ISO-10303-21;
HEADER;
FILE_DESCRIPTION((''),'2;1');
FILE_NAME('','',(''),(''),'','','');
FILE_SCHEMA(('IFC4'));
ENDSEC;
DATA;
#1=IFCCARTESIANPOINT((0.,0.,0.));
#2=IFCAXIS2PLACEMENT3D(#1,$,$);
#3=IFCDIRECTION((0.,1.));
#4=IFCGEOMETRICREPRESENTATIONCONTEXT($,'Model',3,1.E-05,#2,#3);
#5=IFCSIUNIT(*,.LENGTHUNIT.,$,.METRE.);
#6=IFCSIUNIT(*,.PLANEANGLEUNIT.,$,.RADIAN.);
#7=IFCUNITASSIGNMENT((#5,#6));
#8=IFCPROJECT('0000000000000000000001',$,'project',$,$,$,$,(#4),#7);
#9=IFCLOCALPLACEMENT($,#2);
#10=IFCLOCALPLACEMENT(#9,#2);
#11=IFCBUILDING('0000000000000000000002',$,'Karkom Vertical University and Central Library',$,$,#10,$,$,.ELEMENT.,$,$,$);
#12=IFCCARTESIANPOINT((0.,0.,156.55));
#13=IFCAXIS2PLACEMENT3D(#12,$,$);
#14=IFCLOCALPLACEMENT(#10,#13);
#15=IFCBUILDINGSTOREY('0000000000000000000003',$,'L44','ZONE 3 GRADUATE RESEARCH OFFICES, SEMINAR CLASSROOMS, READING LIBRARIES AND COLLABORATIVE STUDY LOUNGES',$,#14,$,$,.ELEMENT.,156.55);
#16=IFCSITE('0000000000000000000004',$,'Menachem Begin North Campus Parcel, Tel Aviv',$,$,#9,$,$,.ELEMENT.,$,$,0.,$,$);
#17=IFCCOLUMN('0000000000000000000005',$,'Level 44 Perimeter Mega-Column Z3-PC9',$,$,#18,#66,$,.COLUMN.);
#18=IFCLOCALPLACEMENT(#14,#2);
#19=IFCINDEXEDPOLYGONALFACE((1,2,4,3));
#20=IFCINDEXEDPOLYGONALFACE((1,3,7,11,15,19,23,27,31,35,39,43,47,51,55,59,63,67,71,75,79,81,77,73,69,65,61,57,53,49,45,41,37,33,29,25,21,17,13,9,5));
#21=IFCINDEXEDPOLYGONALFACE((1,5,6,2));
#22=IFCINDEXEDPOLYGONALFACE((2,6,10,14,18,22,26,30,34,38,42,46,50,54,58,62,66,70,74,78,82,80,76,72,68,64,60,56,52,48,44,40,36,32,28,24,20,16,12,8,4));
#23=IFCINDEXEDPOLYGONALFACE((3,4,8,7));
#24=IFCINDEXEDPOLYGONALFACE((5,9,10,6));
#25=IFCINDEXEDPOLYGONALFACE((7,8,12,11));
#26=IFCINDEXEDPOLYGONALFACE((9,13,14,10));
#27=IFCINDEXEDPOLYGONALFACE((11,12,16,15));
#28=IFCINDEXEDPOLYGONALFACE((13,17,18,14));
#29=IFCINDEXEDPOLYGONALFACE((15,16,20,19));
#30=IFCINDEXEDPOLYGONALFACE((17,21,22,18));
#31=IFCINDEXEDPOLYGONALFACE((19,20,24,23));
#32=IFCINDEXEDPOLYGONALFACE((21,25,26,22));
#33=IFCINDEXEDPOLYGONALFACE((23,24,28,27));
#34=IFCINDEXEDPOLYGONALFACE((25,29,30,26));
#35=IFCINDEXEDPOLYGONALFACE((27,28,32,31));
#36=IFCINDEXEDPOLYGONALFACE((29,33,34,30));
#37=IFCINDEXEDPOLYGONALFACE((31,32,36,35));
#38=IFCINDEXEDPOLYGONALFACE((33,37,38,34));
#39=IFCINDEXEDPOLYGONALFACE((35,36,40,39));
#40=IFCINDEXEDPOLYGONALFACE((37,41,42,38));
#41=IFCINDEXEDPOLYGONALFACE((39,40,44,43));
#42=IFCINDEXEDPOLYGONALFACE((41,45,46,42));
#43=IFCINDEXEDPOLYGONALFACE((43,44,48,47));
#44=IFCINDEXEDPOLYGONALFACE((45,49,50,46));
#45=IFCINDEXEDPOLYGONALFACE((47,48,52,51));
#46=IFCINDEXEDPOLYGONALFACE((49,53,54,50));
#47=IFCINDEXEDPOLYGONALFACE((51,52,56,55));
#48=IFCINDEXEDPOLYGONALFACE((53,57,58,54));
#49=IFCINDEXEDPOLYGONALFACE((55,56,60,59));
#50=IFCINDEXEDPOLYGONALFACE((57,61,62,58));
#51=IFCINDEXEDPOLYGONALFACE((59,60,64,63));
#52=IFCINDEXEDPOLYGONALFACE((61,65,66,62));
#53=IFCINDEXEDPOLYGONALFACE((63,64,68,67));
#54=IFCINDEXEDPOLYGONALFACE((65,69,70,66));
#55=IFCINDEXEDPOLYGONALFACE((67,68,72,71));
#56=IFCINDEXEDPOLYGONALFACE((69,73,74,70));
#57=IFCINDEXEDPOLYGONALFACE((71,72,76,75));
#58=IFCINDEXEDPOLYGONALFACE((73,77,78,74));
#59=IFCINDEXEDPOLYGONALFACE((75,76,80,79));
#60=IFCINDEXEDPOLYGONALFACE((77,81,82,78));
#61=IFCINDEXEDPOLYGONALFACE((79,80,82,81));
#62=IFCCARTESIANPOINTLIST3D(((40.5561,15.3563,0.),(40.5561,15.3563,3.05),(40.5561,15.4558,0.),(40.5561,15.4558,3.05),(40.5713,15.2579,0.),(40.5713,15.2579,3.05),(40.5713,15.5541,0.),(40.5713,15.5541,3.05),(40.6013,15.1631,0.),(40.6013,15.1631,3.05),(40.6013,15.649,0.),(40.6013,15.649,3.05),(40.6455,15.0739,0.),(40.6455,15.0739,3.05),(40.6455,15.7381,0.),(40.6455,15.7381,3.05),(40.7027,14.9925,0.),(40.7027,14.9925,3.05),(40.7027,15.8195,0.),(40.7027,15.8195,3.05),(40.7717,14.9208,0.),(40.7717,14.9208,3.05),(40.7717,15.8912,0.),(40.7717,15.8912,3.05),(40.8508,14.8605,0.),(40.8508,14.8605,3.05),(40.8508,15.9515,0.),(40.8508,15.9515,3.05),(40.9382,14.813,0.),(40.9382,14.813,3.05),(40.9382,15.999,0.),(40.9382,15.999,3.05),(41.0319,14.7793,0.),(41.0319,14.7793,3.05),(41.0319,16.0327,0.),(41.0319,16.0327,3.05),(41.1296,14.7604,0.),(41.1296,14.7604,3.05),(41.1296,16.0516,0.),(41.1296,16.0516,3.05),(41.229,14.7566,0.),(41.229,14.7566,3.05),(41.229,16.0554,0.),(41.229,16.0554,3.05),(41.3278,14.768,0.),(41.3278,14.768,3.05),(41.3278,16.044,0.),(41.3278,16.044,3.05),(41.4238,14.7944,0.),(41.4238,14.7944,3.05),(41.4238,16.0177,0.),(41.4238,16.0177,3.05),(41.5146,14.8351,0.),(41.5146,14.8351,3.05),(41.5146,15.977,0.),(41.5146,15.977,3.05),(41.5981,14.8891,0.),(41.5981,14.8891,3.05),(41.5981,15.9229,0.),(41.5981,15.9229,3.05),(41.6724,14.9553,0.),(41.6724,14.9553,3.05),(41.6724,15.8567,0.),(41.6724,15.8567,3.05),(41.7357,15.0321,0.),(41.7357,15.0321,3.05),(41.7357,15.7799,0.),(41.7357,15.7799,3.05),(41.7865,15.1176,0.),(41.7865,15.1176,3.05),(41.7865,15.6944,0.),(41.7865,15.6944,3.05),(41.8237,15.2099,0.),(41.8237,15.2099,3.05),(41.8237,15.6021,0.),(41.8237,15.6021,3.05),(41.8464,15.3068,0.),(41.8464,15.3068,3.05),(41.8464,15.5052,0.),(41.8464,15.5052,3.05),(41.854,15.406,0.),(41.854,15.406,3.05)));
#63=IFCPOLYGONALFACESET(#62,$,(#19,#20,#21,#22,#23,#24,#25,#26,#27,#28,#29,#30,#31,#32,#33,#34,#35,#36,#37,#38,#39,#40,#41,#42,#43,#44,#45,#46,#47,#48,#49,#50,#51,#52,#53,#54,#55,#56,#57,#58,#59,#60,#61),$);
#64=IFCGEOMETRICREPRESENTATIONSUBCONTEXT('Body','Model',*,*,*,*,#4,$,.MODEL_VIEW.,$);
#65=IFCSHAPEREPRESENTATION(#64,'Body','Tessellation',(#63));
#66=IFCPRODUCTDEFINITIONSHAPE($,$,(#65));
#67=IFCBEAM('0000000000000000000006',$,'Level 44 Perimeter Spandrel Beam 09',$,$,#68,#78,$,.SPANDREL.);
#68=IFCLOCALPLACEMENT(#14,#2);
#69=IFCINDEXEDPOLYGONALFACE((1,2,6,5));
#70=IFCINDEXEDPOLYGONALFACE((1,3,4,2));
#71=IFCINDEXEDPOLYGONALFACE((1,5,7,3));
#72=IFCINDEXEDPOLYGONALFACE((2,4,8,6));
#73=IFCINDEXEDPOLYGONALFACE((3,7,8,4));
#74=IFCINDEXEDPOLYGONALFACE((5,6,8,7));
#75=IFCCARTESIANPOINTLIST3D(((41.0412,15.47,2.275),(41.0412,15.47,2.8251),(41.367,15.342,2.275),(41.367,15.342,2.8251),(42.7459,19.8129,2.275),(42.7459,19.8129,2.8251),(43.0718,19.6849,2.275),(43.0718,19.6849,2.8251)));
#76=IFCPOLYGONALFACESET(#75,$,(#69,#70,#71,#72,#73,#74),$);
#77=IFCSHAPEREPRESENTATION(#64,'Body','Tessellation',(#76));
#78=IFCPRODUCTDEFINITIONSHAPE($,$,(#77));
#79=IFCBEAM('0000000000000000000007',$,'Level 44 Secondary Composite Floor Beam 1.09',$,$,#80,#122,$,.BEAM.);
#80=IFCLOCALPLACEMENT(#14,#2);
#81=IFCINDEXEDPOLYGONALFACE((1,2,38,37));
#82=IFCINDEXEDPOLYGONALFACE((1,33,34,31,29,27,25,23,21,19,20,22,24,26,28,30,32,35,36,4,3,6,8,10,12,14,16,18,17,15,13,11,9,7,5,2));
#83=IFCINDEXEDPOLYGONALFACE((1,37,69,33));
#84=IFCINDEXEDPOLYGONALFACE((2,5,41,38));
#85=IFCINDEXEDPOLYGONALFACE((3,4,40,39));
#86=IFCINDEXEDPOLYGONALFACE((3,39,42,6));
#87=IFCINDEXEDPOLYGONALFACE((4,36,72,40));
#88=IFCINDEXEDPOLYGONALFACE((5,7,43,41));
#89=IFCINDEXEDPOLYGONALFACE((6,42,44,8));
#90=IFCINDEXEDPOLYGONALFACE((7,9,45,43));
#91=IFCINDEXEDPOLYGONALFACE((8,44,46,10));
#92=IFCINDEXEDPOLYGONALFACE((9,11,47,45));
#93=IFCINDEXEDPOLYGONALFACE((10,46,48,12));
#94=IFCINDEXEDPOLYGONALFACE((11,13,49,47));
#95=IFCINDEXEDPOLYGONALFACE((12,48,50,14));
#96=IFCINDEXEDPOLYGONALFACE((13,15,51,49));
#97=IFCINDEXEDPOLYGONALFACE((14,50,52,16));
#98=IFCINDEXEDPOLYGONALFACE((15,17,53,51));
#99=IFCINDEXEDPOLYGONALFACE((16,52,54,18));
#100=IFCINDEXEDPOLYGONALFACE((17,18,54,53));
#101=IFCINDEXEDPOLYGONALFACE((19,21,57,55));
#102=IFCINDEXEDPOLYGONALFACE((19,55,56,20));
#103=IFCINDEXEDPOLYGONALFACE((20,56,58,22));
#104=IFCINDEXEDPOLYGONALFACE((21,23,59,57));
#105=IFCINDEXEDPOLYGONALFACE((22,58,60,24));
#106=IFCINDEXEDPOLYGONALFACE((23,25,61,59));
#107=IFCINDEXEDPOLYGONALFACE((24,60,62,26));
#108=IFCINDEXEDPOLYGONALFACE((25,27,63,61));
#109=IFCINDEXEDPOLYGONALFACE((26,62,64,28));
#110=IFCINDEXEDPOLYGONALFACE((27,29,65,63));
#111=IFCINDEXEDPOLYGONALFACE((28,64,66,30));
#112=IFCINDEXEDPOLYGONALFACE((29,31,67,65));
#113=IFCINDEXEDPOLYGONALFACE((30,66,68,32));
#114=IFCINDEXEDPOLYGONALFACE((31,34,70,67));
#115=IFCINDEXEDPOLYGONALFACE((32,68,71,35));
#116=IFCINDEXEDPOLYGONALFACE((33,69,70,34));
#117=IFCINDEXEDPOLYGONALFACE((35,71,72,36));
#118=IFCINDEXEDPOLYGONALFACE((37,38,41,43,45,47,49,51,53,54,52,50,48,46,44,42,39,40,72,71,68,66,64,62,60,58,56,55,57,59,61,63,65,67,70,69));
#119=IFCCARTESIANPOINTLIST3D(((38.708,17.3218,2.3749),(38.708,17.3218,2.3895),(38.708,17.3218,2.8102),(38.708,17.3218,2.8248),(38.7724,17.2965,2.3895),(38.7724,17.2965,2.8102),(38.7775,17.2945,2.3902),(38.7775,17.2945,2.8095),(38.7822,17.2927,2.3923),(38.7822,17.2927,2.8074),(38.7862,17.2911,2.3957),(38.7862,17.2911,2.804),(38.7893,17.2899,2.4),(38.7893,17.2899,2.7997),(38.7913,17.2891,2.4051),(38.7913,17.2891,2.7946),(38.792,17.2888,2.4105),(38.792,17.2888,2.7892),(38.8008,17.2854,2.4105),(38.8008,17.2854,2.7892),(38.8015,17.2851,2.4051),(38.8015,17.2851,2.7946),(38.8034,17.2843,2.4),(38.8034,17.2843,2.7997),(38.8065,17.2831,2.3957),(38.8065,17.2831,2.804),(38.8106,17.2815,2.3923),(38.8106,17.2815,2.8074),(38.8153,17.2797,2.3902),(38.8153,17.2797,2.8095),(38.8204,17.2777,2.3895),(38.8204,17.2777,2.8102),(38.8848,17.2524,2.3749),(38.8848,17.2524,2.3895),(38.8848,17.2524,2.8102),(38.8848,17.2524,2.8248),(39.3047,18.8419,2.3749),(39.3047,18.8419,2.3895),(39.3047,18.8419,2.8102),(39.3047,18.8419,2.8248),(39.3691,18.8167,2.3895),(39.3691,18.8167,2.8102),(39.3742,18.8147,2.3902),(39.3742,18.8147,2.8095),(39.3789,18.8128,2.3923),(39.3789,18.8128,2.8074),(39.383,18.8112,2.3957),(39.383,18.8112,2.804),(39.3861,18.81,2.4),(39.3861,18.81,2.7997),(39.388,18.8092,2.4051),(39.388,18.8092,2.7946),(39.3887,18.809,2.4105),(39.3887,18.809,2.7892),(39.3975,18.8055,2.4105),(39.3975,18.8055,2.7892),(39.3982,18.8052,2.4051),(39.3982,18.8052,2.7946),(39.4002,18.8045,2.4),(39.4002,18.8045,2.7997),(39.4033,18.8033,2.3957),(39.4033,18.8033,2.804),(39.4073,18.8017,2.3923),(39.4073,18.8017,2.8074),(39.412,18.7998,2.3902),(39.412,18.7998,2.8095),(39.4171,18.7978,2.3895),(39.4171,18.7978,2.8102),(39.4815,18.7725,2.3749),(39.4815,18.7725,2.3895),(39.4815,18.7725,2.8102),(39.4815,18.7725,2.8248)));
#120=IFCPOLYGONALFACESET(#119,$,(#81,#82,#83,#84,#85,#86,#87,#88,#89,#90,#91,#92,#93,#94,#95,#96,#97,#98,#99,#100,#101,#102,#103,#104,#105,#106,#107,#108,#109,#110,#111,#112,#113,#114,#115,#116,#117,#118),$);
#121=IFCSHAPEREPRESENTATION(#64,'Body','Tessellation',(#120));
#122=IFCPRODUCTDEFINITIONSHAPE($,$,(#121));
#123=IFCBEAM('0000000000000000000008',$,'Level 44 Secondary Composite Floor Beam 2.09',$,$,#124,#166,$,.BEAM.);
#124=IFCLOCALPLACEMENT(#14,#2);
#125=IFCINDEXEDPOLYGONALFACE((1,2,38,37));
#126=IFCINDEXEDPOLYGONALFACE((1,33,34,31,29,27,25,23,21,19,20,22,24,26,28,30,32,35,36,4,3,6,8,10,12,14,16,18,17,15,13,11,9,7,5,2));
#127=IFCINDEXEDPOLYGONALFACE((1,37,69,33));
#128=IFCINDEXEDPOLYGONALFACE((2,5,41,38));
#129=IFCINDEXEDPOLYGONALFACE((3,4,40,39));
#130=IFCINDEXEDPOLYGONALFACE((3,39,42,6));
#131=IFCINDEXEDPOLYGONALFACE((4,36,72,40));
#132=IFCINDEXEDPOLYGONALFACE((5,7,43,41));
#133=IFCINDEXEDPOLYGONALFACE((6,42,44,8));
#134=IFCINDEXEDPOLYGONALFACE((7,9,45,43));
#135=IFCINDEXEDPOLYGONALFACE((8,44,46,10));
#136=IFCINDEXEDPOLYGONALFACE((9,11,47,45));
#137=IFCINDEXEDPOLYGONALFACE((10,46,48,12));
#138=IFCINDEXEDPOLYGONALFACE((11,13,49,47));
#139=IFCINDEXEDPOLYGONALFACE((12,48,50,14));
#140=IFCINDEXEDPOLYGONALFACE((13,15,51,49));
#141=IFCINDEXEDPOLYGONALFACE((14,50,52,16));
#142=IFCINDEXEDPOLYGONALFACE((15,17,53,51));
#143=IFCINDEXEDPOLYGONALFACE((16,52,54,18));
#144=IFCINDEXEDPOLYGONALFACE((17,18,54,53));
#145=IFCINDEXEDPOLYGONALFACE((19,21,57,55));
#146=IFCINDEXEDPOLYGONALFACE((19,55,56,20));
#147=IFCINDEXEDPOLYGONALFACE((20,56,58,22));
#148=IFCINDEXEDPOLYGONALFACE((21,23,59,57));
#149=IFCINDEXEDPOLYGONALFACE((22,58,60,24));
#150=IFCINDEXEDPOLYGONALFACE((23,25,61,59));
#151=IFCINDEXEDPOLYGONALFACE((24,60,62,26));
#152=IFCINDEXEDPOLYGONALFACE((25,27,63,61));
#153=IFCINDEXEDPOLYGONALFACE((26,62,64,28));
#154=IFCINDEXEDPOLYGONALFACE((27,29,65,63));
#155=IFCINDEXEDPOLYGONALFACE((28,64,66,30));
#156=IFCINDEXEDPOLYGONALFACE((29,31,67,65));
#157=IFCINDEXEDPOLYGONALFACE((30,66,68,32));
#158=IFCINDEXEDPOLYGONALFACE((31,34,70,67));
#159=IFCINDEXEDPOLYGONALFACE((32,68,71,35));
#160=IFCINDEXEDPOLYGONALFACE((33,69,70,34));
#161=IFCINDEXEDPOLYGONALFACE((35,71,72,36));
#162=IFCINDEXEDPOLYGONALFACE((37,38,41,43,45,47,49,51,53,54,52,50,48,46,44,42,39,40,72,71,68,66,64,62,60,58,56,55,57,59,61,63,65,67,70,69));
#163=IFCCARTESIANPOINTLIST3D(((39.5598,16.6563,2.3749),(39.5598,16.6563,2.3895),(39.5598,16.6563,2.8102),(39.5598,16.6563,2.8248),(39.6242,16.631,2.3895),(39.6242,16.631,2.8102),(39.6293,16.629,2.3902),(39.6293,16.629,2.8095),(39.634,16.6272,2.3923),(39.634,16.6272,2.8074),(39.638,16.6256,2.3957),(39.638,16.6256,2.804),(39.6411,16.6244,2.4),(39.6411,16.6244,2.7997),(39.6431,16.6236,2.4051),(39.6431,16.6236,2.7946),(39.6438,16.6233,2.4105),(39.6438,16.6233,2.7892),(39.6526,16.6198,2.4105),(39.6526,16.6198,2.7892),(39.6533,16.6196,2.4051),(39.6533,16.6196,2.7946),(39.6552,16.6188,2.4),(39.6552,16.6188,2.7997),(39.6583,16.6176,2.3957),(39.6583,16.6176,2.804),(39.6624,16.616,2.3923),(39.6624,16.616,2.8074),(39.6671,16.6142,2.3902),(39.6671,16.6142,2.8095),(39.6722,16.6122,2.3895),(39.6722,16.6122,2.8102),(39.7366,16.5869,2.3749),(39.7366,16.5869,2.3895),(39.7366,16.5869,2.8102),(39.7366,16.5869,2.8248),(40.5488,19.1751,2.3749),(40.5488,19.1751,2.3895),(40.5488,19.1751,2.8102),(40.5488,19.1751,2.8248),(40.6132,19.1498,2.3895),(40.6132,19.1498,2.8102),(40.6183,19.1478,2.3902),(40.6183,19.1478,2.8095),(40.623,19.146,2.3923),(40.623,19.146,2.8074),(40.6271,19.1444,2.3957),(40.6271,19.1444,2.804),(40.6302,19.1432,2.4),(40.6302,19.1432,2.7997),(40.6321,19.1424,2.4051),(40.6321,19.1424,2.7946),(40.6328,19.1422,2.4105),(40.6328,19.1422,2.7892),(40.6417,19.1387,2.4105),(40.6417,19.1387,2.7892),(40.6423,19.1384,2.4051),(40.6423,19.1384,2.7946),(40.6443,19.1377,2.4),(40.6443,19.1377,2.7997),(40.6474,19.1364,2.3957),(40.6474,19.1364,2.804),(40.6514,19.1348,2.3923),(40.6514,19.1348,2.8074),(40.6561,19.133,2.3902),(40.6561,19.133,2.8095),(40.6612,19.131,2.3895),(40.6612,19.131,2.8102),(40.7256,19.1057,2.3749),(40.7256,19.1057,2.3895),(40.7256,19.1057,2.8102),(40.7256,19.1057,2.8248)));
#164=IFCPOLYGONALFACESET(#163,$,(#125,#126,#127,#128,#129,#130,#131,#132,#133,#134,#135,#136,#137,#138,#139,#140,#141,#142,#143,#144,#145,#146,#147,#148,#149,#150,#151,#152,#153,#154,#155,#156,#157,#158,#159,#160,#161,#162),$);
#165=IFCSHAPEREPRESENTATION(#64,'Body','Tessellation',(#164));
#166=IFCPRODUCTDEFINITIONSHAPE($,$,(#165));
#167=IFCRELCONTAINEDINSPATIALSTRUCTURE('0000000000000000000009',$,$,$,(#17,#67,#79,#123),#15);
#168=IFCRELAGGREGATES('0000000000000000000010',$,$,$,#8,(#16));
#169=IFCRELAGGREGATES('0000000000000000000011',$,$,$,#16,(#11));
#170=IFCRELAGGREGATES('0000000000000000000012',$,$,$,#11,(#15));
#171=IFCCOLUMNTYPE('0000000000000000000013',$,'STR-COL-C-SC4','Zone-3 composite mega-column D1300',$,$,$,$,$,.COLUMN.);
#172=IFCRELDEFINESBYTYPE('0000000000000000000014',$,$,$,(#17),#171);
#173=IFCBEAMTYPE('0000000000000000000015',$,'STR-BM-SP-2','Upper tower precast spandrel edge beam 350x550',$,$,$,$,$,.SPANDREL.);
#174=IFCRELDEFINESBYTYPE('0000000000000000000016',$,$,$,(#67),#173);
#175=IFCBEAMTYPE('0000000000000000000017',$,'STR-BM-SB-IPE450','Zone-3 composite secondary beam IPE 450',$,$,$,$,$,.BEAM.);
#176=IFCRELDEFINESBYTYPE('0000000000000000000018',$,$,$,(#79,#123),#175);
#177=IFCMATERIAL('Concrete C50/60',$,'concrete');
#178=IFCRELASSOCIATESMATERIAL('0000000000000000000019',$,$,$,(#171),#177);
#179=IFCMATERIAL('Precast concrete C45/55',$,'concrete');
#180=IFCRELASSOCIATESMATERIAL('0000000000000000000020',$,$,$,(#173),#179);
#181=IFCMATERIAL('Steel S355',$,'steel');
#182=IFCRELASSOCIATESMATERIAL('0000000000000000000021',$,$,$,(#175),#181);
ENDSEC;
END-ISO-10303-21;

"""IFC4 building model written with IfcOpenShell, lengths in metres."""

from ifc_helpers import new_model, si_unit, direction, frame, origin, origin_with_axes, origin_2d, place, context, subcontext, project, spatial, rectangle, circle, i_section, extrude, source, transform, mapped, material, material_profile, profile_set, type_object, element, save


model = new_model("IFC4")

# Units and contexts
model_context = context("Model", 3, precision=1e-05, world=origin(), true_north=direction((0.0, 1.0)))
body_context = subcontext(model_context, "Body", "Model", "MODEL_VIEW")
ifc_project = project(units=[si_unit("LENGTHUNIT", "METRE"), si_unit("PLANEANGLEUNIT", "RADIAN")], contexts=[model_context])

# Site, building, storey
site_placement = place(None, origin())
site = spatial("IfcSite", under=ifc_project, at=site_placement, Name="Menachem Begin North Campus Parcel, Tel Aviv", CompositionType="ELEMENT", RefElevation=0.0)
building_placement = place(site_placement, origin())
building = spatial("IfcBuilding", under=site, at=building_placement, Name="Karkom Vertical University and Central Library", CompositionType="ELEMENT")
storey_placement = place(building_placement, frame((0.0, 0.0, 156.55)))
storey = spatial("IfcBuildingStorey", under=building, at=storey_placement, Name="L44", Description="ZONE 3 GRADUATE RESEARCH OFFICES, SEMINAR CLASSROOMS, READING LIBRARIES AND COLLABORATIVE STUDY LOUNGES", CompositionType="ELEMENT", Elevation=156.55)

# Column
ifc_material_1 = material(Name="Concrete C50/60", Category="concrete")
ifc_material_profile_1 = material_profile(ifc_material_1, circle(Radius=0.6499, at=origin_2d()), Name="CFT-D1300")
ifc_profile_set_1 = profile_set([ifc_material_profile_1], Name="Concrete C50/60")
column_type = type_object("IfcColumnType", Name="STR-COL-C-SC4", Description="Zone-3 composite mega-column D1300", PredefinedType="COLUMN", material=ifc_profile_set_1)
shared_shape_1 = source(origin_with_axes(), body_context, "Body", "SweptSolid", [
    extrude(circle(Radius=0.6499, at=origin_2d()), origin(), (0.0, 0.0, 1.0), 3.05),
])
column_placement = place(storey_placement, frame((41.2041, 15.406, 0.0), z_axis=(0.0, 0.0, 1.0), x_axis=(1.0, 0.0, 0.0)))
element("IfcColumn", 1, at=column_placement, inside=storey, type_object=column_type, Name="Level 44 Perimeter Mega-Column Z3-PC9", PredefinedType="COLUMN", context=body_context, shape_type="MappedRepresentation", body=[
    mapped(shared_shape_1, transform((0.0, 0.0, 0.0), scale=1.0)),
])

# Beams
ifc_material_2 = material(Name="Precast concrete C45/55", Category="concrete")
ifc_material_profile_2 = material_profile(ifc_material_2, rectangle(XDim=0.3501, YDim=0.55, at=origin_2d()), Name="SPB-350x550")
ifc_profile_set_2 = profile_set([ifc_material_profile_2], Name="Precast concrete C45/55")
beam_type_1 = type_object("IfcBeamType", Name="STR-BM-SP-2", Description="Upper tower precast spandrel edge beam 350x550", PredefinedType="SPANDREL", material=ifc_profile_set_2)
shared_shape_2 = source(origin_with_axes(), body_context, "Body", "SweptSolid", [
    extrude(rectangle(XDim=0.3501, YDim=0.55, at=origin_2d()), origin(), (0.0, 0.0, 1.0), 4.6655),
])
beam_1_placement = place(storey_placement, frame((41.2041, 15.406, 2.55), z_axis=(0.365401, 0.93085, 0.0), x_axis=(-0.93085, 0.365401, 0.0)))
element("IfcBeam", 2, at=beam_1_placement, inside=storey, type_object=beam_type_1, Name="Level 44 Perimeter Spandrel Beam 09", PredefinedType="SPANDREL", context=body_context, shape_type="MappedRepresentation", body=[
    mapped(shared_shape_2, transform((0.0, 0.0, 0.0), scale=1.0)),
])
ifc_material_3 = material(Name="Steel S355", Category="steel")
ifc_material_profile_3 = material_profile(ifc_material_3, i_section(OverallWidth=0.1899, OverallDepth=0.45, WebThickness=0.0095, FlangeThickness=0.0146, FilletRadius=0.021, at=origin_2d()), Name="IPE 450")
ifc_profile_set_3 = profile_set([ifc_material_profile_3], Name="Steel S355")
beam_type_2 = type_object("IfcBeamType", Name="STR-BM-SB-IPE450", Description="Zone-3 composite secondary beam IPE 450", PredefinedType="BEAM", material=ifc_profile_set_3)
shared_shape_3 = source(origin_with_axes(), body_context, "Body", "SweptSolid", [
    extrude(i_section(OverallWidth=0.1899, OverallDepth=0.45, WebThickness=0.0095, FlangeThickness=0.0146, FilletRadius=0.021, at=origin_2d()), origin(), (0.0, 0.0, 1.0), 1.6331),
])
beam_2_placement = place(storey_placement, frame((38.7964, 17.2871, 2.5999), z_axis=(0.365403, 0.93085, 0.0), x_axis=(-0.93085, 0.365403, 0.0)))
element("IfcBeam", 3, at=beam_2_placement, inside=storey, type_object=beam_type_2, Name="Level 44 Secondary Composite Floor Beam 1.09", PredefinedType="BEAM", context=body_context, shape_type="MappedRepresentation", body=[
    mapped(shared_shape_3, transform((0.0, 0.0, 0.0), scale=1.0)),
])
shared_shape_4 = source(origin_with_axes(), body_context, "Body", "SweptSolid", [
    extrude(i_section(OverallWidth=0.1899, OverallDepth=0.45, WebThickness=0.0095, FlangeThickness=0.0146, FilletRadius=0.021, at=origin_2d()), origin(), (0.0, 0.0, 1.0), 2.7061),
])
beam_3_placement = place(storey_placement, frame((39.6482, 16.6216, 2.5999), z_axis=(0.365488, 0.930816, 0.0), x_axis=(-0.930816, 0.365488, 0.0)))
element("IfcBeam", 4, at=beam_3_placement, inside=storey, type_object=beam_type_2, Name="Level 44 Secondary Composite Floor Beam 2.09", PredefinedType="BEAM", context=body_context, shape_type="MappedRepresentation", body=[
    mapped(shared_shape_4, transform((0.0, 0.0, 0.0), scale=1.0)),
])

save(model, "model.ifc")
